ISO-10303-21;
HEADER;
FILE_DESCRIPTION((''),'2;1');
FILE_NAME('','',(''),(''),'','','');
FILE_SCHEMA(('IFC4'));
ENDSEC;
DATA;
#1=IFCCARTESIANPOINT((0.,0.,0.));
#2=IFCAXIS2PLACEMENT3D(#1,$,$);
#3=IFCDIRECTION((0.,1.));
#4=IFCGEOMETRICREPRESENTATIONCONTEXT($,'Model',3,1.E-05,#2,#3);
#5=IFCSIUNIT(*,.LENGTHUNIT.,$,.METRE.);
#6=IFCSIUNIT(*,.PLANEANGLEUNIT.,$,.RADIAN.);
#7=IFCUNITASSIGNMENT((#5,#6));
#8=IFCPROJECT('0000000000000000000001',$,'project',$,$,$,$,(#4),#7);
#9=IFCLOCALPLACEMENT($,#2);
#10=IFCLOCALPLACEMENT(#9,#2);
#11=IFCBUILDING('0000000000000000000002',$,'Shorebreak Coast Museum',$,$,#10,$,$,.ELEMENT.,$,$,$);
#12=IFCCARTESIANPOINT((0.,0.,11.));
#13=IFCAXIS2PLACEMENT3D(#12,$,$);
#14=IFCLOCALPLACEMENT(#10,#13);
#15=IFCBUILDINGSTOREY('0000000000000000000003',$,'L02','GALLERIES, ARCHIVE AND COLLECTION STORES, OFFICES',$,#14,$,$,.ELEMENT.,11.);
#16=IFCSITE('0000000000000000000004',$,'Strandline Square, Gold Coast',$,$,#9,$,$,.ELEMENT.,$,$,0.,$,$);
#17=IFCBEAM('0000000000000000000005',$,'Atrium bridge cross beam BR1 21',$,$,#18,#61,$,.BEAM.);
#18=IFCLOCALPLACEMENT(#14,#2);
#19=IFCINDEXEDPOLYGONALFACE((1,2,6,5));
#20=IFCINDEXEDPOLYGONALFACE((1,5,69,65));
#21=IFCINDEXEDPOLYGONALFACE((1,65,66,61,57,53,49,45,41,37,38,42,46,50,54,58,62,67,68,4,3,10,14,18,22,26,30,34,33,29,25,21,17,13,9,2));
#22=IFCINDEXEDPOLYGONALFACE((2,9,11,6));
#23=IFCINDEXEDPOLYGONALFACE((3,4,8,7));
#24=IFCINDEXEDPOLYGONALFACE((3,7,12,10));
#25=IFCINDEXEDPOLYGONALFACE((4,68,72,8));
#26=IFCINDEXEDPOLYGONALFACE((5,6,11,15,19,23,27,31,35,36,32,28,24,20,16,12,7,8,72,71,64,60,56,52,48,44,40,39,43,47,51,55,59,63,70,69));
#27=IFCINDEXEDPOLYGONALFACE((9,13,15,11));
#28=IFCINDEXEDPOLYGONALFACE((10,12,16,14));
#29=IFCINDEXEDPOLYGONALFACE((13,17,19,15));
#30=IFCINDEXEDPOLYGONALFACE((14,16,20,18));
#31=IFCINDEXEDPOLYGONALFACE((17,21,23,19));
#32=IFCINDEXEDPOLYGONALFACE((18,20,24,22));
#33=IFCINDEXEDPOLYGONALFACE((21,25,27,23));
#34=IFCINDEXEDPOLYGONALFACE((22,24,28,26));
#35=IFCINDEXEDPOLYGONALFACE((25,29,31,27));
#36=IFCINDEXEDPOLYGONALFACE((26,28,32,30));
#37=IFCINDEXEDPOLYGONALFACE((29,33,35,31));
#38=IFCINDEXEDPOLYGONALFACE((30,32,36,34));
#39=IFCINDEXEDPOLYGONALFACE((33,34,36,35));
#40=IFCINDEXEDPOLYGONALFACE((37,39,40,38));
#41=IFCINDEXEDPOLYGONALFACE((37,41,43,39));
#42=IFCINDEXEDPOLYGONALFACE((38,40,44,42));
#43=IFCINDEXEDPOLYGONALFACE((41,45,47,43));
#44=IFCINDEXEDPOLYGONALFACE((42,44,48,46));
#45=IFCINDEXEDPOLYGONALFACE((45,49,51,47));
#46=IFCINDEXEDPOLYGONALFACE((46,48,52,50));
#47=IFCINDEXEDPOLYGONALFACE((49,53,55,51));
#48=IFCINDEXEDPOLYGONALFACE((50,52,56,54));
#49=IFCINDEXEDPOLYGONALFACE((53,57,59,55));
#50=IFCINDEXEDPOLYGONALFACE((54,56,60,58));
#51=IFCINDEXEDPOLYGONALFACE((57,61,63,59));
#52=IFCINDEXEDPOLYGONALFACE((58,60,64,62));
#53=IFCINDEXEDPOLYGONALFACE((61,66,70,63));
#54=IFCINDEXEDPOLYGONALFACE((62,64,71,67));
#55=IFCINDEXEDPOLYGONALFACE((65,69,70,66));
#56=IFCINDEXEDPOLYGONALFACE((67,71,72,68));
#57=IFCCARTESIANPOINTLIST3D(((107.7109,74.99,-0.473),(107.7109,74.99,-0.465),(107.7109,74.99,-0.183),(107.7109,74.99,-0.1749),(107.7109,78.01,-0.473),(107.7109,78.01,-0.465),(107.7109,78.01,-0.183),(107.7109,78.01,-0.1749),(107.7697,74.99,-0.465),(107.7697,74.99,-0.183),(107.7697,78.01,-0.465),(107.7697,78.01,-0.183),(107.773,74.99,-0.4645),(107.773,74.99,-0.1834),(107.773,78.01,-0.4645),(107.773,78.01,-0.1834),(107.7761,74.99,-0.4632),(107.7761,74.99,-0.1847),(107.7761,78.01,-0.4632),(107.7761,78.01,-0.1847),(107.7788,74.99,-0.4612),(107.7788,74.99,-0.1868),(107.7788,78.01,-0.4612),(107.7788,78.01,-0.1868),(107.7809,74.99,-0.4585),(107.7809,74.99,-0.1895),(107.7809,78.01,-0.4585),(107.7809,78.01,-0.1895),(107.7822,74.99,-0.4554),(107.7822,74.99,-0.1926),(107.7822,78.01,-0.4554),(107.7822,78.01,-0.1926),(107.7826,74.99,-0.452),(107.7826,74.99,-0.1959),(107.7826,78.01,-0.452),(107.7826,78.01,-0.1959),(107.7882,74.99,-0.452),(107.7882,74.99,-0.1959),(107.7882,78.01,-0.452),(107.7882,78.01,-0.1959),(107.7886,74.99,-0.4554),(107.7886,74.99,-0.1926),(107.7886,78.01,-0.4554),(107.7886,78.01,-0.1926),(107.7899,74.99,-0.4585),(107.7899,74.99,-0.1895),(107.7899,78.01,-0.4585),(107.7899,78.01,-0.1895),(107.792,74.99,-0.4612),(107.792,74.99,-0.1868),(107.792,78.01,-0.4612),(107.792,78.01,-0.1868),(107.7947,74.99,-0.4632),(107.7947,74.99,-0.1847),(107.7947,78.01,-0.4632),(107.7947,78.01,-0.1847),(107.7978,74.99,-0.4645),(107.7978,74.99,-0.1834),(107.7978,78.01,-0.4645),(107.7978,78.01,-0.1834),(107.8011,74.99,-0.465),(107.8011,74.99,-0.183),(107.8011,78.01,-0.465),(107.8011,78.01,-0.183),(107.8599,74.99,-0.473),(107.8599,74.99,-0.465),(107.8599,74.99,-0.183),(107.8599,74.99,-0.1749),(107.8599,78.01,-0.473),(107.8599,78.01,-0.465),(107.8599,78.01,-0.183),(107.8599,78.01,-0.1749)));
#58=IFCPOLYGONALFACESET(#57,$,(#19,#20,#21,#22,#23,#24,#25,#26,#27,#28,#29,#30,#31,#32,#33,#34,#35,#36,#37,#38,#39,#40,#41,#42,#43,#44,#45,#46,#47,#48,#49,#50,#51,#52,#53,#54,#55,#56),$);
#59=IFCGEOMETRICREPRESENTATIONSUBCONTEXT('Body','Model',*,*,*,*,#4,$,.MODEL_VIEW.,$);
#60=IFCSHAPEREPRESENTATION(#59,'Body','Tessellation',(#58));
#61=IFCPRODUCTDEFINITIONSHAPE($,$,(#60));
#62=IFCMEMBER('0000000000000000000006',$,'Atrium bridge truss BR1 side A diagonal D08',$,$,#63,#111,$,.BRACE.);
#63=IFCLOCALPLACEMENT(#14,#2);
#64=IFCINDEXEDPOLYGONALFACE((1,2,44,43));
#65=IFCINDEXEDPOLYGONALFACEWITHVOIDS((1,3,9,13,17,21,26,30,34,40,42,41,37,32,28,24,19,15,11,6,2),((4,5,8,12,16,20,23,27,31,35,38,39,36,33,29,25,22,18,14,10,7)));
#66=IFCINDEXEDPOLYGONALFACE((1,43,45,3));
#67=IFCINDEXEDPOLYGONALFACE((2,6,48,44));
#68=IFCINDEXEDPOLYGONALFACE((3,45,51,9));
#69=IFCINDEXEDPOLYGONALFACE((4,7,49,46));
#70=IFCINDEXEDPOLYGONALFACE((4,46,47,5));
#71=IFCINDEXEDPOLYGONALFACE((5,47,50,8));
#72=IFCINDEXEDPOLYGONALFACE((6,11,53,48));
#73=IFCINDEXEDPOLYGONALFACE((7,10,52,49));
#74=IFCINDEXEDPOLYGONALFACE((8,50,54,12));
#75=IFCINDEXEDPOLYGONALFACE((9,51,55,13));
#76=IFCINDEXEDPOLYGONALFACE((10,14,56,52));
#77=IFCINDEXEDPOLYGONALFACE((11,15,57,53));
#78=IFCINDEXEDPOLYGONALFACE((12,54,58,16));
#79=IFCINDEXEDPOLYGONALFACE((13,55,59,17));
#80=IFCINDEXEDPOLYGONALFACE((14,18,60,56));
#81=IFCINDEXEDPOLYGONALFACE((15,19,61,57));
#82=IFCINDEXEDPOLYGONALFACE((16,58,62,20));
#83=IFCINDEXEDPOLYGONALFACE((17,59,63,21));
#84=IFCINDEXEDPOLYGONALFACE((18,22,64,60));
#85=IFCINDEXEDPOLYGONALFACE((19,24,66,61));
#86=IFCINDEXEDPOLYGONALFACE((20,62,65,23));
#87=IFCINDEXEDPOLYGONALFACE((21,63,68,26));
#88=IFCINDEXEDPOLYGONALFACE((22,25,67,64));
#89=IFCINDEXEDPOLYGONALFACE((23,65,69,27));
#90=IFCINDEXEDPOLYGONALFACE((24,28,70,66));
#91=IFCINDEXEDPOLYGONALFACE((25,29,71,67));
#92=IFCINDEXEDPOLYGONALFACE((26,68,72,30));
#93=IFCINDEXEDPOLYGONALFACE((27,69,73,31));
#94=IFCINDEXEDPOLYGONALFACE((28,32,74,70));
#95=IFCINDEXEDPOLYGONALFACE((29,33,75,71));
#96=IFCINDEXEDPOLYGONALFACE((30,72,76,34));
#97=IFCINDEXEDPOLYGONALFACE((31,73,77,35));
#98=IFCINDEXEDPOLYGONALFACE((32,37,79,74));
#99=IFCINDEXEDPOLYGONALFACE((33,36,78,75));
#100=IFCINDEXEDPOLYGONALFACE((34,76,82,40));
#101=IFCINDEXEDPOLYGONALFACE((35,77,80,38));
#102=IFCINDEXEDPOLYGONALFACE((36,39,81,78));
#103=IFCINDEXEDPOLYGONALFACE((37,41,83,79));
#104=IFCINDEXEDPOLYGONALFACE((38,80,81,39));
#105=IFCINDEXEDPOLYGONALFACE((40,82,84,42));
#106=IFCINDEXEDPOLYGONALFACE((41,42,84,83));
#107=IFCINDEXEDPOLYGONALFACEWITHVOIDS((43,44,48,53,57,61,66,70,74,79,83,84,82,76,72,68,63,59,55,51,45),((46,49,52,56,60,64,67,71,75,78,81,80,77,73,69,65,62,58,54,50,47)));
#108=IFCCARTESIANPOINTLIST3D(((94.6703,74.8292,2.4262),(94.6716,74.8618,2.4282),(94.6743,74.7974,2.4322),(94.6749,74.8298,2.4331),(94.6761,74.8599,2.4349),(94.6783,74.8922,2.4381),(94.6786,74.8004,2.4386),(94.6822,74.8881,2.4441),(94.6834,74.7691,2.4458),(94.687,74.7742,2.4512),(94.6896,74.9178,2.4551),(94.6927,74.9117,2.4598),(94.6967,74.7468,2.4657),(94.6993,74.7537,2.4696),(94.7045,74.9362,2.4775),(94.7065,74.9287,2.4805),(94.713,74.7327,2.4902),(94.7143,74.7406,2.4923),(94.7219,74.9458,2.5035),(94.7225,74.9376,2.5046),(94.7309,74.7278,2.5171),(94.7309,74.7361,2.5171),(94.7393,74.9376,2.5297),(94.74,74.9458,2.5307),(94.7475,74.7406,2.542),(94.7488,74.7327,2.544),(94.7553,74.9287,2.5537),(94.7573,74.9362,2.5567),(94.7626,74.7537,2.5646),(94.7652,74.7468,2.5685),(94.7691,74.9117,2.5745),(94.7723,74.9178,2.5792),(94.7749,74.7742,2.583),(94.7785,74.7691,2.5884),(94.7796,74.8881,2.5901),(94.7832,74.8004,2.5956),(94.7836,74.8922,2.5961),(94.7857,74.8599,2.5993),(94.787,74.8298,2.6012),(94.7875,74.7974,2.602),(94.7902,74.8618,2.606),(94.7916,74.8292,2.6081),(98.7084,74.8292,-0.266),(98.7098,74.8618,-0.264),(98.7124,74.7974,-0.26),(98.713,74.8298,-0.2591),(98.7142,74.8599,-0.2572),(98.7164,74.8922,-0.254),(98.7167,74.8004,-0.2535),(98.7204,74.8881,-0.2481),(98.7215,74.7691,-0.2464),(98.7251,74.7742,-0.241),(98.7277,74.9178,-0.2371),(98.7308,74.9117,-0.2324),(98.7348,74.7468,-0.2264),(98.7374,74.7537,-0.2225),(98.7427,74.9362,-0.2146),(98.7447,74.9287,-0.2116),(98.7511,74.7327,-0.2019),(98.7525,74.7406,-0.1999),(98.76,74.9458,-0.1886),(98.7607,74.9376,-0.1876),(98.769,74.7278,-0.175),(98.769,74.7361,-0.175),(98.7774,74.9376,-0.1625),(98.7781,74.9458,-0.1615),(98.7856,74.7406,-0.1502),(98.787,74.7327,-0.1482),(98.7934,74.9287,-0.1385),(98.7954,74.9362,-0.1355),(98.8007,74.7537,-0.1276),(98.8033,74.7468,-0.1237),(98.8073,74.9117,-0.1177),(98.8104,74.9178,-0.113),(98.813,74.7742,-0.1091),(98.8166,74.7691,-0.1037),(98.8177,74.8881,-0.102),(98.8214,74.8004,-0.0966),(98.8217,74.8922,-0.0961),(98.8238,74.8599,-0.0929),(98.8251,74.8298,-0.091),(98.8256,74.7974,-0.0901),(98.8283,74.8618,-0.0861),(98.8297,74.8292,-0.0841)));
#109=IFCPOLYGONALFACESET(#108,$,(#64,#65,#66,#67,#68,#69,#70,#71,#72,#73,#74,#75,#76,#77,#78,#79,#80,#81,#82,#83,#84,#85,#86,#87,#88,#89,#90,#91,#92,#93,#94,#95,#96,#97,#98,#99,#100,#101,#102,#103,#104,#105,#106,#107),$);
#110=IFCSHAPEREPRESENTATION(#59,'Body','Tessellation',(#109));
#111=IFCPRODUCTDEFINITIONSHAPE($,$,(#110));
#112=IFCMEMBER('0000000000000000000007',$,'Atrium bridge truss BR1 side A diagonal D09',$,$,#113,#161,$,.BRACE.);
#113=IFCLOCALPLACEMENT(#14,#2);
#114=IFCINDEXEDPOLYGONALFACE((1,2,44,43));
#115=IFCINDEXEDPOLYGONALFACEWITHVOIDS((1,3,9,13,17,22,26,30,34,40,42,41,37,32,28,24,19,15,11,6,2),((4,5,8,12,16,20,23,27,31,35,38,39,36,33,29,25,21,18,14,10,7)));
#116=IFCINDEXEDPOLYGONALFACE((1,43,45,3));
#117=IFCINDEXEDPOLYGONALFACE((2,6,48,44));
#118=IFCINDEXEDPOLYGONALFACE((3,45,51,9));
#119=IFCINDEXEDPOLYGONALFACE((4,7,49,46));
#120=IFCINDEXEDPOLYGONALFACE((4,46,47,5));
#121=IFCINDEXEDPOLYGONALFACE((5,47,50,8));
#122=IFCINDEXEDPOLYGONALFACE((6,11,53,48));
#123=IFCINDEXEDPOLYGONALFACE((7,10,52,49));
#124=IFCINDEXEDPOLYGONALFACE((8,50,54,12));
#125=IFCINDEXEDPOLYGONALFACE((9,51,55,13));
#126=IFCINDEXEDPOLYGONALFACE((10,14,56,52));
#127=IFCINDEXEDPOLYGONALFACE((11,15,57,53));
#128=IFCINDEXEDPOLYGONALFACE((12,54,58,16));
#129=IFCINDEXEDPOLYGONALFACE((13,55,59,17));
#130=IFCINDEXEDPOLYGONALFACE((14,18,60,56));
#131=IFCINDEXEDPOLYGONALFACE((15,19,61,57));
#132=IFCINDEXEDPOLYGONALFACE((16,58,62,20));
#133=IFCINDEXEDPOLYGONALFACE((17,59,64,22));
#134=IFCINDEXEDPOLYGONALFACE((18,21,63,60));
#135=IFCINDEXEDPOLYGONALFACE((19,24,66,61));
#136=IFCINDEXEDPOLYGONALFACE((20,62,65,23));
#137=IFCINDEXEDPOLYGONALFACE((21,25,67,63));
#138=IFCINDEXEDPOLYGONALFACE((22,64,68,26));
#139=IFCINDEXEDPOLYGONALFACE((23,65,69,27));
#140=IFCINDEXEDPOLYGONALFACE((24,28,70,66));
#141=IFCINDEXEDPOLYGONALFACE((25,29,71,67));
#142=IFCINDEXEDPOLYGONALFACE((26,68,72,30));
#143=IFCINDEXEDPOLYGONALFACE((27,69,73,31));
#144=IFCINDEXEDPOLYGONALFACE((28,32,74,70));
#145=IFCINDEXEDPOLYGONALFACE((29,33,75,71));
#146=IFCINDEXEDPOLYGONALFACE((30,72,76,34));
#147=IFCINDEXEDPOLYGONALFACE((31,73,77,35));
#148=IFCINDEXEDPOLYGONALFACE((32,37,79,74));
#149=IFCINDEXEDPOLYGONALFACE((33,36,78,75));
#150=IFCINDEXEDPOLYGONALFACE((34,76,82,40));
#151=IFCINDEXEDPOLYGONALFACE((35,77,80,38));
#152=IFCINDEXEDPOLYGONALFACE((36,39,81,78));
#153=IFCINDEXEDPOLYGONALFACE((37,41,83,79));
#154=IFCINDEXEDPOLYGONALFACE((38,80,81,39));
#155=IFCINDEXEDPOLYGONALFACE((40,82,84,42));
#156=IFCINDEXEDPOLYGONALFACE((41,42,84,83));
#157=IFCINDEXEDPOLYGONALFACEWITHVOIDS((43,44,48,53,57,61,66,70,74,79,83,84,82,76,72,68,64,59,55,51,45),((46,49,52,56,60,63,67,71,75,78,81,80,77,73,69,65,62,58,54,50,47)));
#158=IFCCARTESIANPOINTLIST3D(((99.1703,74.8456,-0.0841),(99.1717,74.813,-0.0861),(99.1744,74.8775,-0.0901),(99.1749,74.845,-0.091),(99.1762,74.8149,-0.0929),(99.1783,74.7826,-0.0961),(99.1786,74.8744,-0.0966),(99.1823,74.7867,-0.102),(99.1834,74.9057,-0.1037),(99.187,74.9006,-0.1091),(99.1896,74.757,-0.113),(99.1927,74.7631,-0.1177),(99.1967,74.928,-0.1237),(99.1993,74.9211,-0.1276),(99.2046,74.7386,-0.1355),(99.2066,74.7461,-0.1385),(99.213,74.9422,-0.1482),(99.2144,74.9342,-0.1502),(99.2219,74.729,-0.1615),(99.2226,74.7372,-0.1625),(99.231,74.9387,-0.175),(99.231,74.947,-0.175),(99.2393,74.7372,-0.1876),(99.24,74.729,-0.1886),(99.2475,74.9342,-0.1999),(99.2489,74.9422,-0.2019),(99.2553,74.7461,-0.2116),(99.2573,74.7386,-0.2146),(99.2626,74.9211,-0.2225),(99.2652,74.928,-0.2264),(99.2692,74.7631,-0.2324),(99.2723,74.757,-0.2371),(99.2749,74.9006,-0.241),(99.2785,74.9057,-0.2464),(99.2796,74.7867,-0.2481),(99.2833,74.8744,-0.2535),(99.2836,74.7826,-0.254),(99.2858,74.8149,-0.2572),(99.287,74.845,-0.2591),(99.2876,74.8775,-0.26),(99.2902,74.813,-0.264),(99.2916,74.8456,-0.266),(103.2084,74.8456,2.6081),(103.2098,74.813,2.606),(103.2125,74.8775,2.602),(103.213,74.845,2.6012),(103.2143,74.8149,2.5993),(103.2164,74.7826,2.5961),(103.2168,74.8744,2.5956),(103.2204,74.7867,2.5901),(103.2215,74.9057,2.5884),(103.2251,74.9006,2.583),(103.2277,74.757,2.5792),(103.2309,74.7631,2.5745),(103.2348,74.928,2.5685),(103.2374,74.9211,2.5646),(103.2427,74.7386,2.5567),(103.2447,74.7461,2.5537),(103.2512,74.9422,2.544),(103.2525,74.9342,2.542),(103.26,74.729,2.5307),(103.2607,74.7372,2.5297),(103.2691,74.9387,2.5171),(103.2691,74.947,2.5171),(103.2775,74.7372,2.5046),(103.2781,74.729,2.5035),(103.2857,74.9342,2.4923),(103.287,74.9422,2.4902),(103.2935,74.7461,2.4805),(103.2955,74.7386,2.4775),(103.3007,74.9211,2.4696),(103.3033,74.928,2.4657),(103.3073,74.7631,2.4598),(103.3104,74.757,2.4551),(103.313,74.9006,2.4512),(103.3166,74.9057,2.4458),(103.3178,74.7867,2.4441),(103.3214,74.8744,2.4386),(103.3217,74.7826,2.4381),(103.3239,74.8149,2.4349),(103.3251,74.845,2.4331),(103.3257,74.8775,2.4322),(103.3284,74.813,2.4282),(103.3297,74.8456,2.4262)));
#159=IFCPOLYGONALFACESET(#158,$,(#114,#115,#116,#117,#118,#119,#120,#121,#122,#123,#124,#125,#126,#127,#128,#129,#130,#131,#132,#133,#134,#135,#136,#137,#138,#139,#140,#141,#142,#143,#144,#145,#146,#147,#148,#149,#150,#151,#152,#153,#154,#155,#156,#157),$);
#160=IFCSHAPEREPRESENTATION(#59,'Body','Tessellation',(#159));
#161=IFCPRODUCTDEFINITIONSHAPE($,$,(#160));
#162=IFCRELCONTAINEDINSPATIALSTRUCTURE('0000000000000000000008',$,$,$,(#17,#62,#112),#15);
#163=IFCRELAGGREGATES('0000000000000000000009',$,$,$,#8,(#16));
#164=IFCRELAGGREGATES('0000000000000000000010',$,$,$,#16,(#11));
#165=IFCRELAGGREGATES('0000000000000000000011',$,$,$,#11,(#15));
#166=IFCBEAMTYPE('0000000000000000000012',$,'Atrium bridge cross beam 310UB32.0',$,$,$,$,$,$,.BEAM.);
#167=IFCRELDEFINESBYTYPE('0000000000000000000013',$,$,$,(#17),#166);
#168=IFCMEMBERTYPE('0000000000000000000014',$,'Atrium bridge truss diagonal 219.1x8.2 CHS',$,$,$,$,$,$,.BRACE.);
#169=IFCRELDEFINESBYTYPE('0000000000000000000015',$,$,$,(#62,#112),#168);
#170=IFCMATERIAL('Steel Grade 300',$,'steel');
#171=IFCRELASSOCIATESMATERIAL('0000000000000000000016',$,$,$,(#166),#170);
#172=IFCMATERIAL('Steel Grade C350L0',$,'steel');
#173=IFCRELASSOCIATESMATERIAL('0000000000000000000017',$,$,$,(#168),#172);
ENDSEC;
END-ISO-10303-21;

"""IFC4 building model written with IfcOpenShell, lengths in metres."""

from ifc_helpers import new_model, si_unit, direction, frame, origin, origin_2d, place, context, subcontext, project, spatial, hollow_circle, i_section, extrude, material, material_profile, profile_set, type_object, element, save


model = new_model("IFC4")

# Units and contexts
model_context = context("Model", 3, precision=1e-05, world=origin(), true_north=direction((0.0, 1.0)))
body_context = subcontext(model_context, "Body", "Model", "MODEL_VIEW")
ifc_project = project(units=[si_unit("LENGTHUNIT", "METRE"), si_unit("PLANEANGLEUNIT", "RADIAN")], contexts=[model_context])

# Site, building, storey
site_placement = place(None, origin())
site = spatial("IfcSite", under=ifc_project, at=site_placement, Name="Strandline Square, Gold Coast", CompositionType="ELEMENT", RefElevation=0.0)
building_placement = place(site_placement, origin())
building = spatial("IfcBuilding", under=site, at=building_placement, Name="Shorebreak Coast Museum", CompositionType="ELEMENT")
storey_placement = place(building_placement, frame((0.0, 0.0, 11.0)))
storey = spatial("IfcBuildingStorey", under=building, at=storey_placement, Name="L02", Description="GALLERIES, ARCHIVE AND COLLECTION STORES, OFFICES", CompositionType="ELEMENT", Elevation=11.0)

# Beam
ifc_material_1 = material(Name="Steel Grade 300", Category="steel")
ifc_material_profile_1 = material_profile(ifc_material_1, i_section(OverallWidth=0.1489, OverallDepth=0.2981, WebThickness=0.0056, FlangeThickness=0.0081, FilletRadius=0.0129, at=origin_2d()), Name="310UB32.0")
ifc_profile_set_1 = profile_set([ifc_material_profile_1], Name="Steel Grade 300")
beam_type_1 = type_object("IfcBeamType", Name="Atrium bridge cross beam 310UB32.0", PredefinedType="BEAM", material=ifc_profile_set_1)
for number, where, z_axis, x_axis, name in (
    (1, (107.7854, 74.99, -0.324), (0.0, 1.0, 0.0), (-1.0, 0.0, 0.0), "Atrium bridge cross beam BR1 21"),
):
    element("IfcBeam", number, at=place(storey_placement, frame(where, z_axis=z_axis, x_axis=x_axis)), inside=storey, type_object=beam_type_1, Name=name, PredefinedType="BEAM", context=body_context, shape_type="SweptSolid", body=[
        extrude(i_section(OverallWidth=0.1489, OverallDepth=0.2981, WebThickness=0.0056, FlangeThickness=0.0081, FilletRadius=0.0129, at=origin_2d()), origin(), (0.0, 0.0, 1.0), 3.02),
    ])

# Members
ifc_material_2 = material(Name="Steel Grade C350L0", Category="steel")
ifc_material_profile_2 = material_profile(ifc_material_2, hollow_circle(Radius=0.1096, WallThickness=0.0083, at=origin_2d()), Name="219.1x8.2 CHS")
ifc_profile_set_2 = profile_set([ifc_material_profile_2], Name="Steel Grade C350L0")
member_type_1 = type_object("IfcMemberType", Name="Atrium bridge truss diagonal 219.1x8.2 CHS", PredefinedType="BRACE", material=ifc_profile_set_2)
for number, where, z_axis, x_axis, name in (
    (2, (98.769, 74.8374, -0.175), (-0.832043, 0.0, 0.554712), (0.0, -1.0, 0.0), "Atrium bridge truss BR1 side A diagonal D08"),
    (3, (99.231, 74.8374, -0.175), (0.832043, 0.0, 0.554712), (0.0, 1.0, 0.0), "Atrium bridge truss BR1 side A diagonal D09"),
):
    element("IfcMember", number, at=place(storey_placement, frame(where, z_axis=z_axis, x_axis=x_axis)), inside=storey, type_object=member_type_1, Name=name, PredefinedType="BRACE", context=body_context, shape_type="SweptSolid", body=[
        extrude(hollow_circle(Radius=0.1096, WallThickness=0.0083, at=origin_2d()), origin(), (0.0, 0.0, 1.0), 4.8533),
    ])

save(model, "model.ifc")
